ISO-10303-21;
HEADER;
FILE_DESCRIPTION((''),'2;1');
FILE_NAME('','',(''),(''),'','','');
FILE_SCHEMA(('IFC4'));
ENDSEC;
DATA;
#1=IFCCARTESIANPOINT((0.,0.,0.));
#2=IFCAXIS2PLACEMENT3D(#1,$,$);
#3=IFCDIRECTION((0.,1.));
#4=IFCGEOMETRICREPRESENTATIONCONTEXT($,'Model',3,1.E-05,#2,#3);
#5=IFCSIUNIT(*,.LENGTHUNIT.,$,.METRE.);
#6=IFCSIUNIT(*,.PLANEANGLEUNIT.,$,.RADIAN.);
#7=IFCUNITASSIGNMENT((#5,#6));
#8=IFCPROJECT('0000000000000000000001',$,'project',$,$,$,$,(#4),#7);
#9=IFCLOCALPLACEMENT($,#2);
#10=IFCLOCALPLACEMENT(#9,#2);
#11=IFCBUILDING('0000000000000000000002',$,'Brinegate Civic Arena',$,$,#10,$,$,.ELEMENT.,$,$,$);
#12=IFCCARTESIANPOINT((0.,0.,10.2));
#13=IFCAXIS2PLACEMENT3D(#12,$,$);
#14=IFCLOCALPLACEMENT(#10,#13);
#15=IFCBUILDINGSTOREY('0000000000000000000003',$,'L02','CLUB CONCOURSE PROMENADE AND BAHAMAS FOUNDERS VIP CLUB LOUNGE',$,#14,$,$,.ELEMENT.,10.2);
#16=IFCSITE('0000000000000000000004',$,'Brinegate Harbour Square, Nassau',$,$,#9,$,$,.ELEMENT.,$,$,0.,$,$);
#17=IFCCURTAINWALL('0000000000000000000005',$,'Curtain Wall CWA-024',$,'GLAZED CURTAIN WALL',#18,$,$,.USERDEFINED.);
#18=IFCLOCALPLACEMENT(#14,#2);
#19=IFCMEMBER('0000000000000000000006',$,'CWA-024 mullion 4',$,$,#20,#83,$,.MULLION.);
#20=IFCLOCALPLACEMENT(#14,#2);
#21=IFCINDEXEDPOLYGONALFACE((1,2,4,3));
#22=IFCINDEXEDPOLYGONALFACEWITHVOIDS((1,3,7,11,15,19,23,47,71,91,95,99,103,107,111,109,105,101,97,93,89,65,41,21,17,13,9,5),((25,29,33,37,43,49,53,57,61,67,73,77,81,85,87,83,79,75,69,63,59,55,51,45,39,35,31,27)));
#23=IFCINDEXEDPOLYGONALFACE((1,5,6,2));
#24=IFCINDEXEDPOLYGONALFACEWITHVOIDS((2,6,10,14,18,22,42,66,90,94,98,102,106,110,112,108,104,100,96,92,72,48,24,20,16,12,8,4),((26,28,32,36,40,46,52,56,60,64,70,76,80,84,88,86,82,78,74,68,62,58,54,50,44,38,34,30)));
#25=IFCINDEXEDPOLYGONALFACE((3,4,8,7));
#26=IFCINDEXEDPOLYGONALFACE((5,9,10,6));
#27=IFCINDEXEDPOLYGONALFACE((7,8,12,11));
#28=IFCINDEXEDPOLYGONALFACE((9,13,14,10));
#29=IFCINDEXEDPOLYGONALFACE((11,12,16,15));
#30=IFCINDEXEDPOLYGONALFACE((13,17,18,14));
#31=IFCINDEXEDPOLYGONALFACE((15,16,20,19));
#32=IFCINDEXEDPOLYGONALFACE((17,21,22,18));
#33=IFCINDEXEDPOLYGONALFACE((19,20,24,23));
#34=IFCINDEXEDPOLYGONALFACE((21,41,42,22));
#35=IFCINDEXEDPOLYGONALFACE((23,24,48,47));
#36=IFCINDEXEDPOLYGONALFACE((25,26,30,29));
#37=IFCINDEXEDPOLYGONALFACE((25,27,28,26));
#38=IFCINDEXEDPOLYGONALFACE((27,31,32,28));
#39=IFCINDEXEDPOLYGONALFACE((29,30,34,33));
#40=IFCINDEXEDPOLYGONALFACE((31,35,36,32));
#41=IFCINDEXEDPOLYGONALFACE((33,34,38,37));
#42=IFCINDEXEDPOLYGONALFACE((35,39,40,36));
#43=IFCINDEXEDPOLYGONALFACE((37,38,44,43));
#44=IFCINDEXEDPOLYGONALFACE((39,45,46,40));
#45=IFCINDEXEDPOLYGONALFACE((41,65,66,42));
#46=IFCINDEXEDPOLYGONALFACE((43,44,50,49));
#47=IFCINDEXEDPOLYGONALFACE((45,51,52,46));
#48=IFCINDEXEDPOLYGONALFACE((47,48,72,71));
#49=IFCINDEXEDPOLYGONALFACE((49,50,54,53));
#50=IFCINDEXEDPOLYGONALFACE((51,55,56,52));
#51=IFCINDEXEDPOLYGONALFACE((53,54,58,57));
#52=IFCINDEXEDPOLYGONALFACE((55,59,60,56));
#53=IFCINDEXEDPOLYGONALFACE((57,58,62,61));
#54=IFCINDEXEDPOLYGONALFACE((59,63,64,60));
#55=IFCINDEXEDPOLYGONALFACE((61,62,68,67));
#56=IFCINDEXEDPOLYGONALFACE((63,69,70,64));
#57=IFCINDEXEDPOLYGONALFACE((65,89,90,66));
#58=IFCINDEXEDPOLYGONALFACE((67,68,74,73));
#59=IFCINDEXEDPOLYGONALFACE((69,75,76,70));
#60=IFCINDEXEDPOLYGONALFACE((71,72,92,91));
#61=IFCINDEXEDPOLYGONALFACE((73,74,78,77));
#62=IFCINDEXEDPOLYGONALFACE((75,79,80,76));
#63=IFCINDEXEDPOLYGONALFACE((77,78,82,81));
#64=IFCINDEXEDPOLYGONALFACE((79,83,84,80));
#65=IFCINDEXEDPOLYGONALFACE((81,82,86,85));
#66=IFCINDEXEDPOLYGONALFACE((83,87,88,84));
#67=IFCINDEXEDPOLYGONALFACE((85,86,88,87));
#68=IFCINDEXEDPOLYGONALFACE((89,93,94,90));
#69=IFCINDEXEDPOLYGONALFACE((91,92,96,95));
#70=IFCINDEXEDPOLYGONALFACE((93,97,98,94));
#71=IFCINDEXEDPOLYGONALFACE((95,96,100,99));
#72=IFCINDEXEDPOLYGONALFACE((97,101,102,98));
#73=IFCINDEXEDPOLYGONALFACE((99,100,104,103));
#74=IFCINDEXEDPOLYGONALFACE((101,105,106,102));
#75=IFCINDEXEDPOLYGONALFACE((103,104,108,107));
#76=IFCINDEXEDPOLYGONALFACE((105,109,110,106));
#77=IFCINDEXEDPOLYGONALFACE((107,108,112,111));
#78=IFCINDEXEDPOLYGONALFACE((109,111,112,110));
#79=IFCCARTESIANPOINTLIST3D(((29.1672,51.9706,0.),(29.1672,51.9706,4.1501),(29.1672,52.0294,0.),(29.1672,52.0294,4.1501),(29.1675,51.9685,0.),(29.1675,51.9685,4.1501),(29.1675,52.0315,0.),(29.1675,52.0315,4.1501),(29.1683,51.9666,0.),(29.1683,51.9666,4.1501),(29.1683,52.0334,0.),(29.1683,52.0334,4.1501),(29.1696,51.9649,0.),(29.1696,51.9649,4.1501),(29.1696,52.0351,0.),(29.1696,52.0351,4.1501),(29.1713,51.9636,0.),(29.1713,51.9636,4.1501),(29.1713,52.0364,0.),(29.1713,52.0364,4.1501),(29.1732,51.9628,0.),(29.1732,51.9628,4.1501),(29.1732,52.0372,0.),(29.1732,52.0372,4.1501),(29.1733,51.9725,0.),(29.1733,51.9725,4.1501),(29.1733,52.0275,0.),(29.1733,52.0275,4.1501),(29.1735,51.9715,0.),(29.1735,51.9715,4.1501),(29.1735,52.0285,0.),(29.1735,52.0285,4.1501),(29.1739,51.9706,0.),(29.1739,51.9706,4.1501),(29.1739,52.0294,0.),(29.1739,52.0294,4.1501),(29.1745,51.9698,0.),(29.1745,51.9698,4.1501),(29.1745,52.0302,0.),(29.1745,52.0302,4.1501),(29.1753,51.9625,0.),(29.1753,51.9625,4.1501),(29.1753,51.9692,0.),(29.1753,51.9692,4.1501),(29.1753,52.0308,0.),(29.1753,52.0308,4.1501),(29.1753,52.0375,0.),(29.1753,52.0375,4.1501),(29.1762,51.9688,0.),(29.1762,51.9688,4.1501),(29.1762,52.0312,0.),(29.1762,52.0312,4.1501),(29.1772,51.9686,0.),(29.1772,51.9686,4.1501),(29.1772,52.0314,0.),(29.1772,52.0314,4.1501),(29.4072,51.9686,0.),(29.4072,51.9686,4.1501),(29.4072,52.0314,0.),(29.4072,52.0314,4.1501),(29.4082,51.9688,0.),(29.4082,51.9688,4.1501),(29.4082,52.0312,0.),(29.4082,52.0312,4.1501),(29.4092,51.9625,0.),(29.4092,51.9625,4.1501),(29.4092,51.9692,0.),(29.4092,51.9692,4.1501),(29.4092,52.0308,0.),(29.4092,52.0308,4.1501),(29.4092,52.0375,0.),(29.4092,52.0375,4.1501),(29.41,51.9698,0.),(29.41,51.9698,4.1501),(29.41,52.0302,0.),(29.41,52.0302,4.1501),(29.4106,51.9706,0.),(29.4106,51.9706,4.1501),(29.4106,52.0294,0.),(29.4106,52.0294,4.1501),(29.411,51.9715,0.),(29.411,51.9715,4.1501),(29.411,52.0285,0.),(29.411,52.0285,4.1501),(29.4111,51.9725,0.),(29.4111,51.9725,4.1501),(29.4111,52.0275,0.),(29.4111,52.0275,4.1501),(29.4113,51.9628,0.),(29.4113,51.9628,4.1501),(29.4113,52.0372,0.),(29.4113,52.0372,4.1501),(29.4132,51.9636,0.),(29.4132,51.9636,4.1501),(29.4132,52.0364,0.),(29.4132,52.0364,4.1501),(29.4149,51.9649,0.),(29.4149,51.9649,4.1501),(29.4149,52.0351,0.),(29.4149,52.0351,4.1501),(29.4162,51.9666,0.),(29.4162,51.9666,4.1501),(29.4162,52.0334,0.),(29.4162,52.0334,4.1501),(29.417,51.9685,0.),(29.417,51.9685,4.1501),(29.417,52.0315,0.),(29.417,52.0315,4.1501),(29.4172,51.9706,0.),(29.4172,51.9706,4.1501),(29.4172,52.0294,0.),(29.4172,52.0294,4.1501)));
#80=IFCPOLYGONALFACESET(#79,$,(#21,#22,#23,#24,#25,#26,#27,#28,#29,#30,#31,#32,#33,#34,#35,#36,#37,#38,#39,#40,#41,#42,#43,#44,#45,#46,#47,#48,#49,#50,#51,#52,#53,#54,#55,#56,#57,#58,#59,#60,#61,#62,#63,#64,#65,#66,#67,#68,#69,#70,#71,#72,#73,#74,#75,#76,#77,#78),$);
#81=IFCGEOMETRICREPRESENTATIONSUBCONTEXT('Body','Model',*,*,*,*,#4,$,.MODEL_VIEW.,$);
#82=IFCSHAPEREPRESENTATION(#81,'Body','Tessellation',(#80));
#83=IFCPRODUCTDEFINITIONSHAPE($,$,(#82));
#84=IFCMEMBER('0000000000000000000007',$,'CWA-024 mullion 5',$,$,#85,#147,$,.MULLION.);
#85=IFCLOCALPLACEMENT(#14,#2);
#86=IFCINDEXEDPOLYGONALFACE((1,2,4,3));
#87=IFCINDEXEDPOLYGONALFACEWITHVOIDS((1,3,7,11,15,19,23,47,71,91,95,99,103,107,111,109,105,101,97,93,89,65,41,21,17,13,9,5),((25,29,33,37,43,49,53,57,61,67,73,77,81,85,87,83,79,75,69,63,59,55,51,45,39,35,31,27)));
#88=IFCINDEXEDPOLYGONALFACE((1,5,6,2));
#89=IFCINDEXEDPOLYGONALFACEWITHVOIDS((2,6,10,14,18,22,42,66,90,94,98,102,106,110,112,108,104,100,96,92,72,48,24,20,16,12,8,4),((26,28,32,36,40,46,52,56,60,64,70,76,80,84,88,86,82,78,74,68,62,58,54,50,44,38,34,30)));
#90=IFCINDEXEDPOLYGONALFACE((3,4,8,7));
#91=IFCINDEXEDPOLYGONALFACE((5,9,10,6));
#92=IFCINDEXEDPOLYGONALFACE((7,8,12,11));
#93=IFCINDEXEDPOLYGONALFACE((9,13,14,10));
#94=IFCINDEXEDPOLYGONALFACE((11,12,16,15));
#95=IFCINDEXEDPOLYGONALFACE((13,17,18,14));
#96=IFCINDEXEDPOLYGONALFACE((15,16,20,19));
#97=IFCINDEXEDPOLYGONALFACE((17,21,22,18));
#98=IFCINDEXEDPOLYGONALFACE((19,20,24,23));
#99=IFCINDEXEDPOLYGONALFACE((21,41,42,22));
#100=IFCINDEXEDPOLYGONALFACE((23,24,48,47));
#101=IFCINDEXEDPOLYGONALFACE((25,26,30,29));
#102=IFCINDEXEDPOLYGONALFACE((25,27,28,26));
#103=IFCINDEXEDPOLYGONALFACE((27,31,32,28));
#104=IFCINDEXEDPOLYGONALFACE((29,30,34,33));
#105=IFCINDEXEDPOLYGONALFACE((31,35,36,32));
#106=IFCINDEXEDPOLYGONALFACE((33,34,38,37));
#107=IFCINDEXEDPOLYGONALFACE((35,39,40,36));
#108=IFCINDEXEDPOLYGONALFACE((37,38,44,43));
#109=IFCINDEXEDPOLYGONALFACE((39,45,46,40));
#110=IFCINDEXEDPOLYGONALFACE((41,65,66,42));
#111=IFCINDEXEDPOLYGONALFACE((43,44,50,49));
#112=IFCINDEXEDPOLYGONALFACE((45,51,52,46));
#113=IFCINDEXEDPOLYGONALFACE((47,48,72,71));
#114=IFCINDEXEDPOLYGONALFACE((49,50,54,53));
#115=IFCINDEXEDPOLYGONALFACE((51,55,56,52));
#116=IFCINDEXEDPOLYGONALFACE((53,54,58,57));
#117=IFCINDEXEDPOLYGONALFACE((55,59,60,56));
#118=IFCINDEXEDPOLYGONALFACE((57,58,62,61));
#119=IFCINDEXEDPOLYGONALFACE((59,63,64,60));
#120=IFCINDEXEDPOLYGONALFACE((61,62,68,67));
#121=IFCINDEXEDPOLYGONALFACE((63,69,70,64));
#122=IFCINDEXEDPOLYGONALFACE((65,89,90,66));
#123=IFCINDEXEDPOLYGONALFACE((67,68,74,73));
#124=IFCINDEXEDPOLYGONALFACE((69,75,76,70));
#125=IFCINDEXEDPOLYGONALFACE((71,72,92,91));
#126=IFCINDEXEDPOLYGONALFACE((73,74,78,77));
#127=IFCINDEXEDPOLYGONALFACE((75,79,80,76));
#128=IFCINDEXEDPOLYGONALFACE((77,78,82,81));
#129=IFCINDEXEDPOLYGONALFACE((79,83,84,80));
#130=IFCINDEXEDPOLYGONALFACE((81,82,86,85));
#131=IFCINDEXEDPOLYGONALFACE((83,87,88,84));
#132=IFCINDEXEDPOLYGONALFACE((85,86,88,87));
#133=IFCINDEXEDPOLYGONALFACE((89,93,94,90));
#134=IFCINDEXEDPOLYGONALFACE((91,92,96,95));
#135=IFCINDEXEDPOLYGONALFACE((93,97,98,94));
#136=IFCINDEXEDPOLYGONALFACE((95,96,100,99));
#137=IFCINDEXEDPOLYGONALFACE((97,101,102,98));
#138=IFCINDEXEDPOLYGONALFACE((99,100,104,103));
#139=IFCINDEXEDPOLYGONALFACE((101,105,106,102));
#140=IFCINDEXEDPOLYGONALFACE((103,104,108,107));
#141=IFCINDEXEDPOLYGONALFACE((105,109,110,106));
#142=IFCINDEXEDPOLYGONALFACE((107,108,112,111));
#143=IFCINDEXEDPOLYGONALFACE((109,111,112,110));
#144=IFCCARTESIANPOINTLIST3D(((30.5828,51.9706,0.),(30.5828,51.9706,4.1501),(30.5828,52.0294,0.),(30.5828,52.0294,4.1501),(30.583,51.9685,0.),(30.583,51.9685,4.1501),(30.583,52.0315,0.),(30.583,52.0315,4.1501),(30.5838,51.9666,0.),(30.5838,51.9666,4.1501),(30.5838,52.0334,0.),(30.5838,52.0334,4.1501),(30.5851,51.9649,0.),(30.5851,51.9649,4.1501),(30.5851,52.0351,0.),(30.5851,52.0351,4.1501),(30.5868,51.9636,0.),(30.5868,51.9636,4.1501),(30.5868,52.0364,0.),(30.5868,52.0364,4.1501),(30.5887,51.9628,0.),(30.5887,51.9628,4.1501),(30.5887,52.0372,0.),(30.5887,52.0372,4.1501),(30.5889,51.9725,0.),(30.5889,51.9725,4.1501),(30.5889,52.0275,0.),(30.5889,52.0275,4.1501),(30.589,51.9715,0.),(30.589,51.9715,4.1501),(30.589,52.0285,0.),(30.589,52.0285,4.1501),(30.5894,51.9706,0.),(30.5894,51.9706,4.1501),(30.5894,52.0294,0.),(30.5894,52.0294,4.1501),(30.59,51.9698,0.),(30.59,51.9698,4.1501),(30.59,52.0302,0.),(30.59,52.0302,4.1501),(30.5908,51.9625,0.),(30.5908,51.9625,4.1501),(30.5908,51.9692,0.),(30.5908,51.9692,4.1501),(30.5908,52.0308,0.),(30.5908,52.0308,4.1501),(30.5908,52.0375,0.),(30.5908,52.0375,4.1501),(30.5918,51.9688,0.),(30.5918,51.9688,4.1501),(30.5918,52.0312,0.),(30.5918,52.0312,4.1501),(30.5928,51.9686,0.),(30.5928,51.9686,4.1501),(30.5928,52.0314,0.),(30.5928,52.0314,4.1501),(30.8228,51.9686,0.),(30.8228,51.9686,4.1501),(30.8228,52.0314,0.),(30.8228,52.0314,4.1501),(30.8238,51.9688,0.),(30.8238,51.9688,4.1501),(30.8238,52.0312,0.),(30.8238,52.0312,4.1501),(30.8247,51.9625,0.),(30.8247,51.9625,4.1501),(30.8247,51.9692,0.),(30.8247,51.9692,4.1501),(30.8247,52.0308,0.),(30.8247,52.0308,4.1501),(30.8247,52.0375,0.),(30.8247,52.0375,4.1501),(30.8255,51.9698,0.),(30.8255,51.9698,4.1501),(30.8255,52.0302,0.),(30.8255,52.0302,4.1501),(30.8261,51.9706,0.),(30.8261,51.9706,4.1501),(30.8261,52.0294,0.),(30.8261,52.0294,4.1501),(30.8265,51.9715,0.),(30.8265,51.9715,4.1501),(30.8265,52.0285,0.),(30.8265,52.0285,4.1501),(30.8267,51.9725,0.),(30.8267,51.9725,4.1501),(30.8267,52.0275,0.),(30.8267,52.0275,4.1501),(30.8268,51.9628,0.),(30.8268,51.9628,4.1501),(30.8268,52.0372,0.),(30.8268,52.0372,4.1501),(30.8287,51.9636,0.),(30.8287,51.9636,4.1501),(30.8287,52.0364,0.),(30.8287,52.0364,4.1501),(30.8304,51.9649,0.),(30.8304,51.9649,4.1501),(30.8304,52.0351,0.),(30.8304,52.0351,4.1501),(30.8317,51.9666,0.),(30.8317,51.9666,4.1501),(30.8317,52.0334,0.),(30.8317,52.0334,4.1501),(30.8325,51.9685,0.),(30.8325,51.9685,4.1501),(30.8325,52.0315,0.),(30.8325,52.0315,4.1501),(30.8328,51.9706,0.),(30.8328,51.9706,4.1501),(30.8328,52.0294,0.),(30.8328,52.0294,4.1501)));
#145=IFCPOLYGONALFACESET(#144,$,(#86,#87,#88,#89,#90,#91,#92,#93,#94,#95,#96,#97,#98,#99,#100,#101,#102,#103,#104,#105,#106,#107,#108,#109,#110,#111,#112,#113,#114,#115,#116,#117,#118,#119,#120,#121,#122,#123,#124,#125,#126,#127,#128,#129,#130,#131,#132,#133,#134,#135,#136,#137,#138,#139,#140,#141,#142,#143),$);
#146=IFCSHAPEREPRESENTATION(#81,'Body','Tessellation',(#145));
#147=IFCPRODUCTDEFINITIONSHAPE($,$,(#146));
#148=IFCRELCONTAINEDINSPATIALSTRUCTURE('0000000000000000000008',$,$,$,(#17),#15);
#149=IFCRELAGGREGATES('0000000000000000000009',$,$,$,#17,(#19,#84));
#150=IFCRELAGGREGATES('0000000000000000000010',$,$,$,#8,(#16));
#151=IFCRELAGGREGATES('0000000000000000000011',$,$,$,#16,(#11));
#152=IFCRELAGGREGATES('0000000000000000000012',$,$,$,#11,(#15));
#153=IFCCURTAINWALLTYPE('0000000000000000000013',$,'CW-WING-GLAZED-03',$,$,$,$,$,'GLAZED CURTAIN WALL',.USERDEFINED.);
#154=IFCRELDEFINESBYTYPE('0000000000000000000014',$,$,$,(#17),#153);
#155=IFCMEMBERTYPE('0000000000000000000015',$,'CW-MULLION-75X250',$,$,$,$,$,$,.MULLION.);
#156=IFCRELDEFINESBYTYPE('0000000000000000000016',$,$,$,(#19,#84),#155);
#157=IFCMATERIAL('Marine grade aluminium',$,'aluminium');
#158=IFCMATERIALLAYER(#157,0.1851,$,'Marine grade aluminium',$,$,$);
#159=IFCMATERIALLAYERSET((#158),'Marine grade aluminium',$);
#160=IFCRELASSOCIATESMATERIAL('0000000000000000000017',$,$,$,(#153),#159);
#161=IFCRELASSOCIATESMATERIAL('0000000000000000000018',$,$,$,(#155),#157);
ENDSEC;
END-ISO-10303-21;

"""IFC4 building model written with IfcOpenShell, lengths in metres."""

from ifc_helpers import new_model, si_unit, direction, frame, origin, origin_2d, place, context, subcontext, project, spatial, hollow_rectangle, extrude, material, layer, layer_set, material_profile, profile_set, type_object, element, aggregate, save


model = new_model("IFC4")

# Units and contexts
model_context = context("Model", 3, precision=1e-05, world=origin(), true_north=direction((0.0, 1.0)))
body_context = subcontext(model_context, "Body", "Model", "MODEL_VIEW")
ifc_project = project(units=[si_unit("LENGTHUNIT", "METRE"), si_unit("PLANEANGLEUNIT", "RADIAN")], contexts=[model_context])

# Site, building, storey
site_placement = place(None, origin())
site = spatial("IfcSite", under=ifc_project, at=site_placement, Name="Brinegate Harbour Square, Nassau", CompositionType="ELEMENT", RefElevation=0.0)
building_placement = place(site_placement, origin())
building = spatial("IfcBuilding", under=site, at=building_placement, Name="Brinegate Civic Arena", CompositionType="ELEMENT")
storey_placement = place(building_placement, frame((0.0, 0.0, 10.2)))
storey = spatial("IfcBuildingStorey", under=building, at=storey_placement, Name="L02", Description="CLUB CONCOURSE PROMENADE AND BAHAMAS FOUNDERS VIP CLUB LOUNGE", CompositionType="ELEMENT", Elevation=10.2)

# Shared definitions
ifc_material_1 = material(Name="Marine grade aluminium", Category="aluminium")
ifc_layer_1 = layer(ifc_material_1, 0.1851, Name="Marine grade aluminium")
ifc_layer_set_1 = layer_set([ifc_layer_1], Name="Marine grade aluminium")
curtain_wall_type_1 = type_object("IfcCurtainWallType", Name="CW-WING-GLAZED-03", ElementType="GLAZED CURTAIN WALL", PredefinedType="USERDEFINED", material=ifc_layer_set_1)

# Curtain wall, members
curtain_wall_1_placement = place(storey_placement, origin())
curtain_wall_1 = element("IfcCurtainWall", 1, at=curtain_wall_1_placement, inside=storey, type_object=curtain_wall_type_1, Name="Curtain Wall CWA-024", ObjectType="GLAZED CURTAIN WALL", PredefinedType="USERDEFINED")
ifc_material_profile_1 = material_profile(ifc_material_1, hollow_rectangle(XDim=0.075, YDim=0.25, WallThickness=0.0061, InnerFilletRadius=0.0039, OuterFilletRadius=0.0081, at=origin_2d()), Name="MUL75X250")
ifc_profile_set_1 = profile_set([ifc_material_profile_1], Name="Marine grade aluminium")
member_type_1 = type_object("IfcMemberType", Name="CW-MULLION-75X250", PredefinedType="MULLION", material=ifc_profile_set_1)
member_1_placement = place(storey_placement, frame((29.2922, 52.0, 0.0), z_axis=(0.0, 0.0, 1.0), x_axis=(0.0, 1.0, 0.0)))
member_1 = element("IfcMember", 2, at=member_1_placement, type_object=member_type_1, Name="CWA-024 mullion 4", PredefinedType="MULLION", context=body_context, shape_type="SweptSolid", body=[
    extrude(hollow_rectangle(XDim=0.075, YDim=0.25, WallThickness=0.0061, InnerFilletRadius=0.0039, OuterFilletRadius=0.0081, at=origin_2d()), origin(), (0.0, 0.0, 1.0), 4.1501),
])
member_2_placement = place(storey_placement, frame((30.7078, 52.0, 0.0), z_axis=(0.0, 0.0, 1.0), x_axis=(0.0, 1.0, 0.0)))
member_2 = element("IfcMember", 3, at=member_2_placement, type_object=member_type_1, Name="CWA-024 mullion 5", PredefinedType="MULLION", context=body_context, shape_type="SweptSolid", body=[
    extrude(hollow_rectangle(XDim=0.075, YDim=0.25, WallThickness=0.0061, InnerFilletRadius=0.0039, OuterFilletRadius=0.0081, at=origin_2d()), origin(), (0.0, 0.0, 1.0), 4.1501),
])

aggregate(curtain_wall_1, [member_1, member_2])

save(model, "model.ifc")
